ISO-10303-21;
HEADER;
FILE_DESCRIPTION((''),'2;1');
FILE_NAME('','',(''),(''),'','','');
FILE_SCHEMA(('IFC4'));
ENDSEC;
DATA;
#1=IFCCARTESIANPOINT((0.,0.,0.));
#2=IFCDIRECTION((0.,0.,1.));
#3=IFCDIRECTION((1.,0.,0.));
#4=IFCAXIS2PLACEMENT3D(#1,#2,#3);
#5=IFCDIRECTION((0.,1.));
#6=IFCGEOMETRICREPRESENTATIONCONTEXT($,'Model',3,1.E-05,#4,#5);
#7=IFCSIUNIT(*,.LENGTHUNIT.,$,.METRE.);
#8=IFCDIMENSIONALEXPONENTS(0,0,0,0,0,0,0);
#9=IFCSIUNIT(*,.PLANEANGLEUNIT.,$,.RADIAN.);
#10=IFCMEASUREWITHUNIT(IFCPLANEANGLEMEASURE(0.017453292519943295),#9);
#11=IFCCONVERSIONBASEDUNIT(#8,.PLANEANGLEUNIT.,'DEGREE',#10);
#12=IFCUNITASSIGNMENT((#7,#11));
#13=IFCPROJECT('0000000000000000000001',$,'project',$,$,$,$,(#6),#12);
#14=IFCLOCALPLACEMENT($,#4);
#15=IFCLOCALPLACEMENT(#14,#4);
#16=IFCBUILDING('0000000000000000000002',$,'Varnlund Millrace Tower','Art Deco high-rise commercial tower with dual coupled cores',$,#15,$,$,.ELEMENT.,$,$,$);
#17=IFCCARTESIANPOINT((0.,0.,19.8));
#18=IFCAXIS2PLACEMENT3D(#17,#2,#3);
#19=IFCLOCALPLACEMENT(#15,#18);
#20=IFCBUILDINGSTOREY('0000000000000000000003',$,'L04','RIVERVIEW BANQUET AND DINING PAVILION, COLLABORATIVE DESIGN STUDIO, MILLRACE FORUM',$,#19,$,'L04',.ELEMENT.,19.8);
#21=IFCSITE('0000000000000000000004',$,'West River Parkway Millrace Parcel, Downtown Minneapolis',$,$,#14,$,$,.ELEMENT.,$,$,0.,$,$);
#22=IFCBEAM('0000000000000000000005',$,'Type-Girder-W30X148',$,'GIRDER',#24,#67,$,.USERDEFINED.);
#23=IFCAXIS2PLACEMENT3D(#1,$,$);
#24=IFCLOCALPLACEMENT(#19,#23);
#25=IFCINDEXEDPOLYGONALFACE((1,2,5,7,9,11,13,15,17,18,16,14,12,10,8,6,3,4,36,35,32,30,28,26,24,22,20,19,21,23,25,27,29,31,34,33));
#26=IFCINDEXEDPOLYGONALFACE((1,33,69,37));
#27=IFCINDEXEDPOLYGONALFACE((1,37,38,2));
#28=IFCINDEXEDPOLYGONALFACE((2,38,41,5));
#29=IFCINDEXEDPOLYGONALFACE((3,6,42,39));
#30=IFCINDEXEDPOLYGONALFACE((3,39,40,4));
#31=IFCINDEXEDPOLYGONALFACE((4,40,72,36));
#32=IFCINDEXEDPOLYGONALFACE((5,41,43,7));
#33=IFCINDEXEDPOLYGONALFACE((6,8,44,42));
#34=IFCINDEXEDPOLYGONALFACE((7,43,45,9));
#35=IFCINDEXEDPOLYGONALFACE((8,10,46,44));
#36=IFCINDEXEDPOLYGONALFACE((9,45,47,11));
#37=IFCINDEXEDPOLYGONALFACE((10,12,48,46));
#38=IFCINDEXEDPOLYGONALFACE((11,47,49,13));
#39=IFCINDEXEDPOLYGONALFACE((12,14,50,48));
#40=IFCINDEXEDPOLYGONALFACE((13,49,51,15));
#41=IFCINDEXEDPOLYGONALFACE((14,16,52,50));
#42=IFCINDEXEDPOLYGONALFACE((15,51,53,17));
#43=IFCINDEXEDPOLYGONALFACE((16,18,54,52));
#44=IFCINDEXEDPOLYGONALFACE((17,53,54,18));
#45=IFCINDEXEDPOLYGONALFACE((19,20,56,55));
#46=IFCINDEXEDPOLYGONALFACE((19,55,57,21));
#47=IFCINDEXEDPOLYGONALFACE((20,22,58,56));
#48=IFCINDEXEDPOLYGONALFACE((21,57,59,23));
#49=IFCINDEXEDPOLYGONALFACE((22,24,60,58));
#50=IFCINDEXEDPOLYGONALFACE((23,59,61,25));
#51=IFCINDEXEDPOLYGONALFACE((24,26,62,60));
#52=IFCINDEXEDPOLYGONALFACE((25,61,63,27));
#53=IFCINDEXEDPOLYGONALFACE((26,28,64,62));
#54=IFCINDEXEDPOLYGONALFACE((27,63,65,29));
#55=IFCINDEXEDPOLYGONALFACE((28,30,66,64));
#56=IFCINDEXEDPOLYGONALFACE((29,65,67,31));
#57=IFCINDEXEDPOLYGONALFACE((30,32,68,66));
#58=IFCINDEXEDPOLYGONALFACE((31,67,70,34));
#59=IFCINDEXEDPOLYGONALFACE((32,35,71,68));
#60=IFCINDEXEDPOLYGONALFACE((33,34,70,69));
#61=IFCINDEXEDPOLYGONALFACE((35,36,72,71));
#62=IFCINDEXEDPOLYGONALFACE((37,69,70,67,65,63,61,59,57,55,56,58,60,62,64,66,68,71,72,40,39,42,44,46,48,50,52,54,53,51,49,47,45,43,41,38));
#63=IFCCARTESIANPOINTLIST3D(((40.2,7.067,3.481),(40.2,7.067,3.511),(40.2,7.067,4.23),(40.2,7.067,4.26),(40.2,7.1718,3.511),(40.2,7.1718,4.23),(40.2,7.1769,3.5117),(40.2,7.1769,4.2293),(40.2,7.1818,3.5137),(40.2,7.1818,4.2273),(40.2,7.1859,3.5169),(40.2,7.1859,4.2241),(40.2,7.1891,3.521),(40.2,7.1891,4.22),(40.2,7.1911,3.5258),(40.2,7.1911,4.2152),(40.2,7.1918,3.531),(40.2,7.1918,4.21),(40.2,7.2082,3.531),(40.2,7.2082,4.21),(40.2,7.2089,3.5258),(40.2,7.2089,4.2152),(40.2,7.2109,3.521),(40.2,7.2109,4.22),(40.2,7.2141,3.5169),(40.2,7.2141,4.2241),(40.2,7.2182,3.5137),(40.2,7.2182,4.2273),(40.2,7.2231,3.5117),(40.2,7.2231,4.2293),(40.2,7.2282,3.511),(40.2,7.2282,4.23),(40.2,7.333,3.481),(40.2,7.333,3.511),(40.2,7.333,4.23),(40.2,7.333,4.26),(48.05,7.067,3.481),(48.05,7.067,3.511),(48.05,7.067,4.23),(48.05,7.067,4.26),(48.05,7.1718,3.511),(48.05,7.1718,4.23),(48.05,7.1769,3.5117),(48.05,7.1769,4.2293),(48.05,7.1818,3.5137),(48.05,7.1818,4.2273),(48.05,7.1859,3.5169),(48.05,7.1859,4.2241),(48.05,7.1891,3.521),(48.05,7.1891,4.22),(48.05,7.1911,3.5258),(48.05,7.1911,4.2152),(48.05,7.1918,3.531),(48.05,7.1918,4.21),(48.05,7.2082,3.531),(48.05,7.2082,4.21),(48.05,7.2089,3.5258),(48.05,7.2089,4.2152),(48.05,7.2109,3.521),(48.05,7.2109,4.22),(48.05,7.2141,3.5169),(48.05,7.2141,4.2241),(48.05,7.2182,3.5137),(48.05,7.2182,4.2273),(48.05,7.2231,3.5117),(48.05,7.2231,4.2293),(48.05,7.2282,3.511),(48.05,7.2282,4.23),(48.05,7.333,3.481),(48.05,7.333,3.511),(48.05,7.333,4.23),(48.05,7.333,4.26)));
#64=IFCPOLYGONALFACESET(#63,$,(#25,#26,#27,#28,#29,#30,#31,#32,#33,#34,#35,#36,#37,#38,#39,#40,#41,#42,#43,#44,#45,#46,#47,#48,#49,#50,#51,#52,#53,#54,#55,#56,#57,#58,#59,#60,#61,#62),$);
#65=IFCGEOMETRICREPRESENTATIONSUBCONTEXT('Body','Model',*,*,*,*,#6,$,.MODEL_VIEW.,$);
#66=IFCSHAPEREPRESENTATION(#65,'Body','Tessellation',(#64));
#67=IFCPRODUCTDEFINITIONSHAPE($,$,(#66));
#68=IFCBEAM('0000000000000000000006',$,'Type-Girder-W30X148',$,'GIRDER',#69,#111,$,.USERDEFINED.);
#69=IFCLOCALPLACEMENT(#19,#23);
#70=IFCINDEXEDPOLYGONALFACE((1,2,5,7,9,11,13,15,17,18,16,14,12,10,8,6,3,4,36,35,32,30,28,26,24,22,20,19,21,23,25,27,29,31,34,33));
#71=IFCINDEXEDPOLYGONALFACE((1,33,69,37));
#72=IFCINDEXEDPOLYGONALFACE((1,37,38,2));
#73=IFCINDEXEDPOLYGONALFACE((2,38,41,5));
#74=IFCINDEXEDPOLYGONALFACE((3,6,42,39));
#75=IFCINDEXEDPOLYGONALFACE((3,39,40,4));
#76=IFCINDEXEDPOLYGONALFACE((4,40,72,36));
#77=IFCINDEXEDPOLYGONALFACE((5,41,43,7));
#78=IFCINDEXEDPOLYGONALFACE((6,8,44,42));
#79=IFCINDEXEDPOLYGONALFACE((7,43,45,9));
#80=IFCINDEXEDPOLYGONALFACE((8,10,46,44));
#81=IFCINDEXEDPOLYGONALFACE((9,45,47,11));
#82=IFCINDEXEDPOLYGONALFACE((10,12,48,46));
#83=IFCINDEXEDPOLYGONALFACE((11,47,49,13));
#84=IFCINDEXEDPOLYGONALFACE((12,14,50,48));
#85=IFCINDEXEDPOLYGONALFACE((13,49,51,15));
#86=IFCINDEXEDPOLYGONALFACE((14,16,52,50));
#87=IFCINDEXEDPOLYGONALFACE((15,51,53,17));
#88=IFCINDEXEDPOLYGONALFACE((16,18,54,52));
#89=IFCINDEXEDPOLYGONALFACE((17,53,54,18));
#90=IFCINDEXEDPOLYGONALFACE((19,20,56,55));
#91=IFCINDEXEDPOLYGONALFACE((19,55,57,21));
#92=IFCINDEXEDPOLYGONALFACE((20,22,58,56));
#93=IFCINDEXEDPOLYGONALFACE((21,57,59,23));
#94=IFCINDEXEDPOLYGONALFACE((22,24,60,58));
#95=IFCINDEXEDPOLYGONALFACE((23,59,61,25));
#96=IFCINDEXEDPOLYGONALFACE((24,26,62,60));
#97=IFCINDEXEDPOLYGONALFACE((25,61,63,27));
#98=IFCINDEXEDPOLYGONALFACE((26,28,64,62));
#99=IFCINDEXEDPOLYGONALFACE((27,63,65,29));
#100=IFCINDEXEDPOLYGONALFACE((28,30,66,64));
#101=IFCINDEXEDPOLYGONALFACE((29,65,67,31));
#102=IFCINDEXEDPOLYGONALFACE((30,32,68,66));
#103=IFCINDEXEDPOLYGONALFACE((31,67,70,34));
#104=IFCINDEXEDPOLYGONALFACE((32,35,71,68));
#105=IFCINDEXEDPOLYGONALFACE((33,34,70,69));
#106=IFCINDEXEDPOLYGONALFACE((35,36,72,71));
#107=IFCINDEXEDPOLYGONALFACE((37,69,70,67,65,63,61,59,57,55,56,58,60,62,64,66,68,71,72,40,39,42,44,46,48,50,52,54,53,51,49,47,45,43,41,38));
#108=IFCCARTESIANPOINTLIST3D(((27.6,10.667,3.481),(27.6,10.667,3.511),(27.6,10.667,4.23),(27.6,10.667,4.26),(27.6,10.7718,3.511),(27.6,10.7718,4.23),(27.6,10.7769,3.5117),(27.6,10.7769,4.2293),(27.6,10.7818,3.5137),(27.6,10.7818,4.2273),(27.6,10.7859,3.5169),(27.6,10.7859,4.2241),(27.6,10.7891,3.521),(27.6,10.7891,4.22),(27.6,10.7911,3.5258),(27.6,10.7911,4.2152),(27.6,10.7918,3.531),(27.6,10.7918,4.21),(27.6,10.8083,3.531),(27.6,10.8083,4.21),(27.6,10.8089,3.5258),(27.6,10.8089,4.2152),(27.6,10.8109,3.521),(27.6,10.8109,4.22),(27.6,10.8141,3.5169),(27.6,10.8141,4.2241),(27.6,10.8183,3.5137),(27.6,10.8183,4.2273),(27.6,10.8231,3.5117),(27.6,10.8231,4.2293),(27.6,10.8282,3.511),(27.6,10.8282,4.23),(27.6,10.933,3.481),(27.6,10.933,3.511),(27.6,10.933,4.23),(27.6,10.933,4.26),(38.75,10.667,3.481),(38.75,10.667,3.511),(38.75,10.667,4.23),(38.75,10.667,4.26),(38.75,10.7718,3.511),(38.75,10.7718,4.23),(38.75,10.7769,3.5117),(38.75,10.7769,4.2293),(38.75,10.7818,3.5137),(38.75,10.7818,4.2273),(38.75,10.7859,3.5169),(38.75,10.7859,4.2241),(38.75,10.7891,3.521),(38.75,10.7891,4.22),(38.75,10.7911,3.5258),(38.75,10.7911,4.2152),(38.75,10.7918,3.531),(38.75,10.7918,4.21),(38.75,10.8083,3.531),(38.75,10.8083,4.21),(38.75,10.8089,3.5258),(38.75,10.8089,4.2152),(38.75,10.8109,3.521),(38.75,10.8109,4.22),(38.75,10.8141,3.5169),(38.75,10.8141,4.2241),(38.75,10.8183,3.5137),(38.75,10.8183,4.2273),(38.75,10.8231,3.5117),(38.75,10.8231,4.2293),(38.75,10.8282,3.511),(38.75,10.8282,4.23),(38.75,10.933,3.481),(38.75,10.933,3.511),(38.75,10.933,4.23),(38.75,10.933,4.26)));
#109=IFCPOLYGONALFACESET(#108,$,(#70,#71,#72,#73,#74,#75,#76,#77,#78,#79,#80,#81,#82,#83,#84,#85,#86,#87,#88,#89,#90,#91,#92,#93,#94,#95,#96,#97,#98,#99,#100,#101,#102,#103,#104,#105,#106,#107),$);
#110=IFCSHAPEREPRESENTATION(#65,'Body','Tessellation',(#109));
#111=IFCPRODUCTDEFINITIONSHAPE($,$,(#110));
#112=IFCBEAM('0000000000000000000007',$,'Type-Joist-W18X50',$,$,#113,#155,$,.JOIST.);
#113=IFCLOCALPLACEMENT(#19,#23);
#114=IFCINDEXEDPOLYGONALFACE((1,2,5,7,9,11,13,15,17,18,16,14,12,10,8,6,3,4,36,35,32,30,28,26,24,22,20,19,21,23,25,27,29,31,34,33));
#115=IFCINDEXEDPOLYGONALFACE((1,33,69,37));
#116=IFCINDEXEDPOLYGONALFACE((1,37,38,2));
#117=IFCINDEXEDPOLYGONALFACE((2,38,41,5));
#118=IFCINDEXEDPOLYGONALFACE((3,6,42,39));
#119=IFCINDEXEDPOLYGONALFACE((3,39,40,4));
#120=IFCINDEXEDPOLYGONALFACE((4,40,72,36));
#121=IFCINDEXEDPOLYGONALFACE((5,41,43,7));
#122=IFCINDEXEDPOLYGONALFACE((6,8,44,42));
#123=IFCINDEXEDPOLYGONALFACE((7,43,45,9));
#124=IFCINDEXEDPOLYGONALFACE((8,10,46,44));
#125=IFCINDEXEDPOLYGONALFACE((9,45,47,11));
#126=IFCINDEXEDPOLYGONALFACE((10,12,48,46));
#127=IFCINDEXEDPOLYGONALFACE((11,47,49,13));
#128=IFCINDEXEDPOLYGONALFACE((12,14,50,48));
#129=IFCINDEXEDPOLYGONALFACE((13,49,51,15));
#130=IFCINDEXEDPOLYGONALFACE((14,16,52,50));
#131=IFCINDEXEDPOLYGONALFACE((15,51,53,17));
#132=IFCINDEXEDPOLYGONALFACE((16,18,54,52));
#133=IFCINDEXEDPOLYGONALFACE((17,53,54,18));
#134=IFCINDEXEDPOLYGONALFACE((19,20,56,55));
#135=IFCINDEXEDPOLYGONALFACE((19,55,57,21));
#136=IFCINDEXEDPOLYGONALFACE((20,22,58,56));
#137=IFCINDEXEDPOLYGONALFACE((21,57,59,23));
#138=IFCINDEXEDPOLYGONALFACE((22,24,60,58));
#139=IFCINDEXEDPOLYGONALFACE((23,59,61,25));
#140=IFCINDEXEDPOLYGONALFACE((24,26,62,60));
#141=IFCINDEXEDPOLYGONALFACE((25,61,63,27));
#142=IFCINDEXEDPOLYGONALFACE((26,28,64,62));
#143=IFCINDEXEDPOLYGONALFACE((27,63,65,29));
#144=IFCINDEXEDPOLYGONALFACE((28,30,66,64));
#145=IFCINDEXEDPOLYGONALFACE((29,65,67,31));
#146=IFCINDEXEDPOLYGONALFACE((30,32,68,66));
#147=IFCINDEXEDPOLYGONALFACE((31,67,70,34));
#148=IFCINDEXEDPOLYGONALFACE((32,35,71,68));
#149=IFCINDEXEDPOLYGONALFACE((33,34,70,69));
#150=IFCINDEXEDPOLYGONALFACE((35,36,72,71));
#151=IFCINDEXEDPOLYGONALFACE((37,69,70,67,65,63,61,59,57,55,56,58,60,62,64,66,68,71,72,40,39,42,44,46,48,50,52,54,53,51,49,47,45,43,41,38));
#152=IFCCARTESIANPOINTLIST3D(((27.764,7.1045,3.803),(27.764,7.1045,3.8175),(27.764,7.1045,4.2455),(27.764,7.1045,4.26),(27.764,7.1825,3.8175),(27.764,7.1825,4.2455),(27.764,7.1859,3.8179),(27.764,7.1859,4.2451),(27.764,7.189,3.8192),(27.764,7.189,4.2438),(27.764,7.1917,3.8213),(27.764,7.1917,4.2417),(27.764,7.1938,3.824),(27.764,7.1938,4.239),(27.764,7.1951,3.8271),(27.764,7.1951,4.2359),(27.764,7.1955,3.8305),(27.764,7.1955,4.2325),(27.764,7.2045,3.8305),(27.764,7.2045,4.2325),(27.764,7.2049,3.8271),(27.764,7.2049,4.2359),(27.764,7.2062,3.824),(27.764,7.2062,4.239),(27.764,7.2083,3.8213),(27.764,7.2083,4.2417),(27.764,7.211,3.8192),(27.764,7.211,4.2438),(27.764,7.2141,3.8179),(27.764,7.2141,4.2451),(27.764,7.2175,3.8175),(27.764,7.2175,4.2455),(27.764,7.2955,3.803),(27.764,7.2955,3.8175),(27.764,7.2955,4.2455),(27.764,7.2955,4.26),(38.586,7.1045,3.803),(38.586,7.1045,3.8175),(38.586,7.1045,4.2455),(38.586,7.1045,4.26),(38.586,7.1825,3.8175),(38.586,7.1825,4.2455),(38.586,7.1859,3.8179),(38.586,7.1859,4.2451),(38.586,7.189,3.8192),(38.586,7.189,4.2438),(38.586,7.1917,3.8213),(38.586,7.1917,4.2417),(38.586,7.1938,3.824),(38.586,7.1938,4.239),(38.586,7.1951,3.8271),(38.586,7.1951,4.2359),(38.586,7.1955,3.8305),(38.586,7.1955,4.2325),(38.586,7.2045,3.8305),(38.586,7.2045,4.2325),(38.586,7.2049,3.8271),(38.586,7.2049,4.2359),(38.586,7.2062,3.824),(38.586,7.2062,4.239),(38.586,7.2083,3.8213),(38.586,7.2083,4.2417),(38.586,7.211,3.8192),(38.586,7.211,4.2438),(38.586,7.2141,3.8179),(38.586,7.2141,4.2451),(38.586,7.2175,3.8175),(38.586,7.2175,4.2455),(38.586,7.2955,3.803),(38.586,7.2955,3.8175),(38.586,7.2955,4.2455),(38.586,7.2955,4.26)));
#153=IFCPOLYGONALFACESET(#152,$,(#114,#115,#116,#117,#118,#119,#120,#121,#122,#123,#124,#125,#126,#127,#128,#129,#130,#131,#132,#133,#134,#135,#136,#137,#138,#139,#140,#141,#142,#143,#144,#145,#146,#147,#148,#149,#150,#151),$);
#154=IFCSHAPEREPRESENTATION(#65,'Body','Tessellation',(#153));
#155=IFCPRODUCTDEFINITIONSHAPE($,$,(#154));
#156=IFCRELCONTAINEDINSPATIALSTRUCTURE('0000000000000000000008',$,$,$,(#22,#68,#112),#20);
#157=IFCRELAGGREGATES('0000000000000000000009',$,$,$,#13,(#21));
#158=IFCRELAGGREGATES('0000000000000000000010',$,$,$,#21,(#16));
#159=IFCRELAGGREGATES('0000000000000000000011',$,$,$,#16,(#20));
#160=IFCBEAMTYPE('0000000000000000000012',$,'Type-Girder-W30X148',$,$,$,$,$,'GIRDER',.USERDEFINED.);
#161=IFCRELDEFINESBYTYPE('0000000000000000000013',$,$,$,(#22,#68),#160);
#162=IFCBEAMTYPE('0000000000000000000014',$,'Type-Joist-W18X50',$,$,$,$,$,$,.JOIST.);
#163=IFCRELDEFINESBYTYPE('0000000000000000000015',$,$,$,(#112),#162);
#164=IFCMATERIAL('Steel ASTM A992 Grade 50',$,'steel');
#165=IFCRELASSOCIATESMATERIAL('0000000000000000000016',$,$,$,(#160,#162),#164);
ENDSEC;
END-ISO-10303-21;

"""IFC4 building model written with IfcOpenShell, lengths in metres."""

from ifc_helpers import new_model, entity, si_unit, converted_unit, direction, frame, origin_with_axes, origin_2d_with_axis, place, context, subcontext, project, spatial, i_section, extrude, material, material_profile, profile_set, type_object, element, save


model = new_model("IFC4")

# Units and contexts
model_context = context("Model", 3, precision=1e-05, world=origin_with_axes(), true_north=direction((0.0, 1.0)))
body_context = subcontext(model_context, "Body", "Model", "MODEL_VIEW")
ifc_project = project(units=[si_unit("LENGTHUNIT", "METRE"), converted_unit("PLANEANGLEUNIT", "DEGREE", entity("IfcPlaneAngleMeasure", 0.017453292519943295), si_unit("PLANEANGLEUNIT", "RADIAN"), dimensions=[0, 0, 0, 0, 0, 0, 0])], contexts=[model_context])

# Site, building, storey
site_placement = place(None, origin_with_axes())
site = spatial("IfcSite", under=ifc_project, at=site_placement, Name="West River Parkway Millrace Parcel, Downtown Minneapolis", CompositionType="ELEMENT", RefElevation=0.0)
building_placement = place(site_placement, origin_with_axes())
building = spatial("IfcBuilding", under=site, at=building_placement, Name="Varnlund Millrace Tower", Description="Art Deco high-rise commercial tower with dual coupled cores", CompositionType="ELEMENT")
storey_placement = place(building_placement, frame((0.0, 0.0, 19.8), z_axis=(0.0, 0.0, 1.0), x_axis=(1.0, 0.0, 0.0)))
storey = spatial("IfcBuildingStorey", under=building, at=storey_placement, Name="L04", Description="RIVERVIEW BANQUET AND DINING PAVILION, COLLABORATIVE DESIGN STUDIO, MILLRACE FORUM", LongName="L04", CompositionType="ELEMENT", Elevation=19.8)

# Beams
ifc_material_1 = material(Name="Steel ASTM A992 Grade 50", Category="steel")
ifc_material_profile_1 = material_profile(ifc_material_1, i_section(OverallWidth=0.266, OverallDepth=0.779, WebThickness=0.0165, FlangeThickness=0.03, FilletRadius=0.02, at=origin_2d_with_axis()), Name="Steel ASTM A992 Grade 50")
ifc_profile_set_1 = profile_set([ifc_material_profile_1], Name="Steel ASTM A992 Grade 50")
beam_type_1 = type_object("IfcBeamType", Name="Type-Girder-W30X148", ElementType="GIRDER", PredefinedType="USERDEFINED", material=ifc_profile_set_1)
beam_1_placement = place(storey_placement, frame((40.2, 7.2, 3.8705), z_axis=(1.0, 0.0, 0.0), x_axis=(0.0, 1.0, 0.0)))
element("IfcBeam", 1, at=beam_1_placement, inside=storey, type_object=beam_type_1, Name="Type-Girder-W30X148", ObjectType="GIRDER", PredefinedType="USERDEFINED", context=body_context, shape_type="SweptSolid", body=[
    extrude(i_section(OverallWidth=0.266, OverallDepth=0.779, WebThickness=0.0165, FlangeThickness=0.03, FilletRadius=0.02, at=origin_2d_with_axis()), origin_with_axes(), (0.0, 0.0, 1.0), 7.85),
])
beam_2_placement = place(storey_placement, frame((27.6, 10.8, 3.8705), z_axis=(1.0, 0.0, 0.0), x_axis=(0.0, 1.0, 0.0)))
element("IfcBeam", 2, at=beam_2_placement, inside=storey, type_object=beam_type_1, Name="Type-Girder-W30X148", ObjectType="GIRDER", PredefinedType="USERDEFINED", context=body_context, shape_type="SweptSolid", body=[
    extrude(i_section(OverallWidth=0.266, OverallDepth=0.779, WebThickness=0.0165, FlangeThickness=0.03, FilletRadius=0.02, at=origin_2d_with_axis()), origin_with_axes(), (0.0, 0.0, 1.0), 11.15),
])
ifc_material_profile_2 = material_profile(ifc_material_1, i_section(OverallWidth=0.191, OverallDepth=0.457, WebThickness=0.009, FlangeThickness=0.0145, FilletRadius=0.013, at=origin_2d_with_axis()), Name="Steel ASTM A992 Grade 50")
ifc_profile_set_2 = profile_set([ifc_material_profile_2], Name="Steel ASTM A992 Grade 50")
beam_type_2 = type_object("IfcBeamType", Name="Type-Joist-W18X50", PredefinedType="JOIST", material=ifc_profile_set_2)
beam_3_placement = place(storey_placement, frame((27.764, 7.2, 4.0315), z_axis=(1.0, 0.0, 0.0), x_axis=(0.0, 1.0, 0.0)))
element("IfcBeam", 3, at=beam_3_placement, inside=storey, type_object=beam_type_2, Name="Type-Joist-W18X50", PredefinedType="JOIST", context=body_context, shape_type="SweptSolid", body=[
    extrude(i_section(OverallWidth=0.191, OverallDepth=0.457, WebThickness=0.009, FlangeThickness=0.0145, FilletRadius=0.013, at=origin_2d_with_axis()), origin_with_axes(), (0.0, 0.0, 1.0), 10.822),
])

save(model, "model.ifc")
